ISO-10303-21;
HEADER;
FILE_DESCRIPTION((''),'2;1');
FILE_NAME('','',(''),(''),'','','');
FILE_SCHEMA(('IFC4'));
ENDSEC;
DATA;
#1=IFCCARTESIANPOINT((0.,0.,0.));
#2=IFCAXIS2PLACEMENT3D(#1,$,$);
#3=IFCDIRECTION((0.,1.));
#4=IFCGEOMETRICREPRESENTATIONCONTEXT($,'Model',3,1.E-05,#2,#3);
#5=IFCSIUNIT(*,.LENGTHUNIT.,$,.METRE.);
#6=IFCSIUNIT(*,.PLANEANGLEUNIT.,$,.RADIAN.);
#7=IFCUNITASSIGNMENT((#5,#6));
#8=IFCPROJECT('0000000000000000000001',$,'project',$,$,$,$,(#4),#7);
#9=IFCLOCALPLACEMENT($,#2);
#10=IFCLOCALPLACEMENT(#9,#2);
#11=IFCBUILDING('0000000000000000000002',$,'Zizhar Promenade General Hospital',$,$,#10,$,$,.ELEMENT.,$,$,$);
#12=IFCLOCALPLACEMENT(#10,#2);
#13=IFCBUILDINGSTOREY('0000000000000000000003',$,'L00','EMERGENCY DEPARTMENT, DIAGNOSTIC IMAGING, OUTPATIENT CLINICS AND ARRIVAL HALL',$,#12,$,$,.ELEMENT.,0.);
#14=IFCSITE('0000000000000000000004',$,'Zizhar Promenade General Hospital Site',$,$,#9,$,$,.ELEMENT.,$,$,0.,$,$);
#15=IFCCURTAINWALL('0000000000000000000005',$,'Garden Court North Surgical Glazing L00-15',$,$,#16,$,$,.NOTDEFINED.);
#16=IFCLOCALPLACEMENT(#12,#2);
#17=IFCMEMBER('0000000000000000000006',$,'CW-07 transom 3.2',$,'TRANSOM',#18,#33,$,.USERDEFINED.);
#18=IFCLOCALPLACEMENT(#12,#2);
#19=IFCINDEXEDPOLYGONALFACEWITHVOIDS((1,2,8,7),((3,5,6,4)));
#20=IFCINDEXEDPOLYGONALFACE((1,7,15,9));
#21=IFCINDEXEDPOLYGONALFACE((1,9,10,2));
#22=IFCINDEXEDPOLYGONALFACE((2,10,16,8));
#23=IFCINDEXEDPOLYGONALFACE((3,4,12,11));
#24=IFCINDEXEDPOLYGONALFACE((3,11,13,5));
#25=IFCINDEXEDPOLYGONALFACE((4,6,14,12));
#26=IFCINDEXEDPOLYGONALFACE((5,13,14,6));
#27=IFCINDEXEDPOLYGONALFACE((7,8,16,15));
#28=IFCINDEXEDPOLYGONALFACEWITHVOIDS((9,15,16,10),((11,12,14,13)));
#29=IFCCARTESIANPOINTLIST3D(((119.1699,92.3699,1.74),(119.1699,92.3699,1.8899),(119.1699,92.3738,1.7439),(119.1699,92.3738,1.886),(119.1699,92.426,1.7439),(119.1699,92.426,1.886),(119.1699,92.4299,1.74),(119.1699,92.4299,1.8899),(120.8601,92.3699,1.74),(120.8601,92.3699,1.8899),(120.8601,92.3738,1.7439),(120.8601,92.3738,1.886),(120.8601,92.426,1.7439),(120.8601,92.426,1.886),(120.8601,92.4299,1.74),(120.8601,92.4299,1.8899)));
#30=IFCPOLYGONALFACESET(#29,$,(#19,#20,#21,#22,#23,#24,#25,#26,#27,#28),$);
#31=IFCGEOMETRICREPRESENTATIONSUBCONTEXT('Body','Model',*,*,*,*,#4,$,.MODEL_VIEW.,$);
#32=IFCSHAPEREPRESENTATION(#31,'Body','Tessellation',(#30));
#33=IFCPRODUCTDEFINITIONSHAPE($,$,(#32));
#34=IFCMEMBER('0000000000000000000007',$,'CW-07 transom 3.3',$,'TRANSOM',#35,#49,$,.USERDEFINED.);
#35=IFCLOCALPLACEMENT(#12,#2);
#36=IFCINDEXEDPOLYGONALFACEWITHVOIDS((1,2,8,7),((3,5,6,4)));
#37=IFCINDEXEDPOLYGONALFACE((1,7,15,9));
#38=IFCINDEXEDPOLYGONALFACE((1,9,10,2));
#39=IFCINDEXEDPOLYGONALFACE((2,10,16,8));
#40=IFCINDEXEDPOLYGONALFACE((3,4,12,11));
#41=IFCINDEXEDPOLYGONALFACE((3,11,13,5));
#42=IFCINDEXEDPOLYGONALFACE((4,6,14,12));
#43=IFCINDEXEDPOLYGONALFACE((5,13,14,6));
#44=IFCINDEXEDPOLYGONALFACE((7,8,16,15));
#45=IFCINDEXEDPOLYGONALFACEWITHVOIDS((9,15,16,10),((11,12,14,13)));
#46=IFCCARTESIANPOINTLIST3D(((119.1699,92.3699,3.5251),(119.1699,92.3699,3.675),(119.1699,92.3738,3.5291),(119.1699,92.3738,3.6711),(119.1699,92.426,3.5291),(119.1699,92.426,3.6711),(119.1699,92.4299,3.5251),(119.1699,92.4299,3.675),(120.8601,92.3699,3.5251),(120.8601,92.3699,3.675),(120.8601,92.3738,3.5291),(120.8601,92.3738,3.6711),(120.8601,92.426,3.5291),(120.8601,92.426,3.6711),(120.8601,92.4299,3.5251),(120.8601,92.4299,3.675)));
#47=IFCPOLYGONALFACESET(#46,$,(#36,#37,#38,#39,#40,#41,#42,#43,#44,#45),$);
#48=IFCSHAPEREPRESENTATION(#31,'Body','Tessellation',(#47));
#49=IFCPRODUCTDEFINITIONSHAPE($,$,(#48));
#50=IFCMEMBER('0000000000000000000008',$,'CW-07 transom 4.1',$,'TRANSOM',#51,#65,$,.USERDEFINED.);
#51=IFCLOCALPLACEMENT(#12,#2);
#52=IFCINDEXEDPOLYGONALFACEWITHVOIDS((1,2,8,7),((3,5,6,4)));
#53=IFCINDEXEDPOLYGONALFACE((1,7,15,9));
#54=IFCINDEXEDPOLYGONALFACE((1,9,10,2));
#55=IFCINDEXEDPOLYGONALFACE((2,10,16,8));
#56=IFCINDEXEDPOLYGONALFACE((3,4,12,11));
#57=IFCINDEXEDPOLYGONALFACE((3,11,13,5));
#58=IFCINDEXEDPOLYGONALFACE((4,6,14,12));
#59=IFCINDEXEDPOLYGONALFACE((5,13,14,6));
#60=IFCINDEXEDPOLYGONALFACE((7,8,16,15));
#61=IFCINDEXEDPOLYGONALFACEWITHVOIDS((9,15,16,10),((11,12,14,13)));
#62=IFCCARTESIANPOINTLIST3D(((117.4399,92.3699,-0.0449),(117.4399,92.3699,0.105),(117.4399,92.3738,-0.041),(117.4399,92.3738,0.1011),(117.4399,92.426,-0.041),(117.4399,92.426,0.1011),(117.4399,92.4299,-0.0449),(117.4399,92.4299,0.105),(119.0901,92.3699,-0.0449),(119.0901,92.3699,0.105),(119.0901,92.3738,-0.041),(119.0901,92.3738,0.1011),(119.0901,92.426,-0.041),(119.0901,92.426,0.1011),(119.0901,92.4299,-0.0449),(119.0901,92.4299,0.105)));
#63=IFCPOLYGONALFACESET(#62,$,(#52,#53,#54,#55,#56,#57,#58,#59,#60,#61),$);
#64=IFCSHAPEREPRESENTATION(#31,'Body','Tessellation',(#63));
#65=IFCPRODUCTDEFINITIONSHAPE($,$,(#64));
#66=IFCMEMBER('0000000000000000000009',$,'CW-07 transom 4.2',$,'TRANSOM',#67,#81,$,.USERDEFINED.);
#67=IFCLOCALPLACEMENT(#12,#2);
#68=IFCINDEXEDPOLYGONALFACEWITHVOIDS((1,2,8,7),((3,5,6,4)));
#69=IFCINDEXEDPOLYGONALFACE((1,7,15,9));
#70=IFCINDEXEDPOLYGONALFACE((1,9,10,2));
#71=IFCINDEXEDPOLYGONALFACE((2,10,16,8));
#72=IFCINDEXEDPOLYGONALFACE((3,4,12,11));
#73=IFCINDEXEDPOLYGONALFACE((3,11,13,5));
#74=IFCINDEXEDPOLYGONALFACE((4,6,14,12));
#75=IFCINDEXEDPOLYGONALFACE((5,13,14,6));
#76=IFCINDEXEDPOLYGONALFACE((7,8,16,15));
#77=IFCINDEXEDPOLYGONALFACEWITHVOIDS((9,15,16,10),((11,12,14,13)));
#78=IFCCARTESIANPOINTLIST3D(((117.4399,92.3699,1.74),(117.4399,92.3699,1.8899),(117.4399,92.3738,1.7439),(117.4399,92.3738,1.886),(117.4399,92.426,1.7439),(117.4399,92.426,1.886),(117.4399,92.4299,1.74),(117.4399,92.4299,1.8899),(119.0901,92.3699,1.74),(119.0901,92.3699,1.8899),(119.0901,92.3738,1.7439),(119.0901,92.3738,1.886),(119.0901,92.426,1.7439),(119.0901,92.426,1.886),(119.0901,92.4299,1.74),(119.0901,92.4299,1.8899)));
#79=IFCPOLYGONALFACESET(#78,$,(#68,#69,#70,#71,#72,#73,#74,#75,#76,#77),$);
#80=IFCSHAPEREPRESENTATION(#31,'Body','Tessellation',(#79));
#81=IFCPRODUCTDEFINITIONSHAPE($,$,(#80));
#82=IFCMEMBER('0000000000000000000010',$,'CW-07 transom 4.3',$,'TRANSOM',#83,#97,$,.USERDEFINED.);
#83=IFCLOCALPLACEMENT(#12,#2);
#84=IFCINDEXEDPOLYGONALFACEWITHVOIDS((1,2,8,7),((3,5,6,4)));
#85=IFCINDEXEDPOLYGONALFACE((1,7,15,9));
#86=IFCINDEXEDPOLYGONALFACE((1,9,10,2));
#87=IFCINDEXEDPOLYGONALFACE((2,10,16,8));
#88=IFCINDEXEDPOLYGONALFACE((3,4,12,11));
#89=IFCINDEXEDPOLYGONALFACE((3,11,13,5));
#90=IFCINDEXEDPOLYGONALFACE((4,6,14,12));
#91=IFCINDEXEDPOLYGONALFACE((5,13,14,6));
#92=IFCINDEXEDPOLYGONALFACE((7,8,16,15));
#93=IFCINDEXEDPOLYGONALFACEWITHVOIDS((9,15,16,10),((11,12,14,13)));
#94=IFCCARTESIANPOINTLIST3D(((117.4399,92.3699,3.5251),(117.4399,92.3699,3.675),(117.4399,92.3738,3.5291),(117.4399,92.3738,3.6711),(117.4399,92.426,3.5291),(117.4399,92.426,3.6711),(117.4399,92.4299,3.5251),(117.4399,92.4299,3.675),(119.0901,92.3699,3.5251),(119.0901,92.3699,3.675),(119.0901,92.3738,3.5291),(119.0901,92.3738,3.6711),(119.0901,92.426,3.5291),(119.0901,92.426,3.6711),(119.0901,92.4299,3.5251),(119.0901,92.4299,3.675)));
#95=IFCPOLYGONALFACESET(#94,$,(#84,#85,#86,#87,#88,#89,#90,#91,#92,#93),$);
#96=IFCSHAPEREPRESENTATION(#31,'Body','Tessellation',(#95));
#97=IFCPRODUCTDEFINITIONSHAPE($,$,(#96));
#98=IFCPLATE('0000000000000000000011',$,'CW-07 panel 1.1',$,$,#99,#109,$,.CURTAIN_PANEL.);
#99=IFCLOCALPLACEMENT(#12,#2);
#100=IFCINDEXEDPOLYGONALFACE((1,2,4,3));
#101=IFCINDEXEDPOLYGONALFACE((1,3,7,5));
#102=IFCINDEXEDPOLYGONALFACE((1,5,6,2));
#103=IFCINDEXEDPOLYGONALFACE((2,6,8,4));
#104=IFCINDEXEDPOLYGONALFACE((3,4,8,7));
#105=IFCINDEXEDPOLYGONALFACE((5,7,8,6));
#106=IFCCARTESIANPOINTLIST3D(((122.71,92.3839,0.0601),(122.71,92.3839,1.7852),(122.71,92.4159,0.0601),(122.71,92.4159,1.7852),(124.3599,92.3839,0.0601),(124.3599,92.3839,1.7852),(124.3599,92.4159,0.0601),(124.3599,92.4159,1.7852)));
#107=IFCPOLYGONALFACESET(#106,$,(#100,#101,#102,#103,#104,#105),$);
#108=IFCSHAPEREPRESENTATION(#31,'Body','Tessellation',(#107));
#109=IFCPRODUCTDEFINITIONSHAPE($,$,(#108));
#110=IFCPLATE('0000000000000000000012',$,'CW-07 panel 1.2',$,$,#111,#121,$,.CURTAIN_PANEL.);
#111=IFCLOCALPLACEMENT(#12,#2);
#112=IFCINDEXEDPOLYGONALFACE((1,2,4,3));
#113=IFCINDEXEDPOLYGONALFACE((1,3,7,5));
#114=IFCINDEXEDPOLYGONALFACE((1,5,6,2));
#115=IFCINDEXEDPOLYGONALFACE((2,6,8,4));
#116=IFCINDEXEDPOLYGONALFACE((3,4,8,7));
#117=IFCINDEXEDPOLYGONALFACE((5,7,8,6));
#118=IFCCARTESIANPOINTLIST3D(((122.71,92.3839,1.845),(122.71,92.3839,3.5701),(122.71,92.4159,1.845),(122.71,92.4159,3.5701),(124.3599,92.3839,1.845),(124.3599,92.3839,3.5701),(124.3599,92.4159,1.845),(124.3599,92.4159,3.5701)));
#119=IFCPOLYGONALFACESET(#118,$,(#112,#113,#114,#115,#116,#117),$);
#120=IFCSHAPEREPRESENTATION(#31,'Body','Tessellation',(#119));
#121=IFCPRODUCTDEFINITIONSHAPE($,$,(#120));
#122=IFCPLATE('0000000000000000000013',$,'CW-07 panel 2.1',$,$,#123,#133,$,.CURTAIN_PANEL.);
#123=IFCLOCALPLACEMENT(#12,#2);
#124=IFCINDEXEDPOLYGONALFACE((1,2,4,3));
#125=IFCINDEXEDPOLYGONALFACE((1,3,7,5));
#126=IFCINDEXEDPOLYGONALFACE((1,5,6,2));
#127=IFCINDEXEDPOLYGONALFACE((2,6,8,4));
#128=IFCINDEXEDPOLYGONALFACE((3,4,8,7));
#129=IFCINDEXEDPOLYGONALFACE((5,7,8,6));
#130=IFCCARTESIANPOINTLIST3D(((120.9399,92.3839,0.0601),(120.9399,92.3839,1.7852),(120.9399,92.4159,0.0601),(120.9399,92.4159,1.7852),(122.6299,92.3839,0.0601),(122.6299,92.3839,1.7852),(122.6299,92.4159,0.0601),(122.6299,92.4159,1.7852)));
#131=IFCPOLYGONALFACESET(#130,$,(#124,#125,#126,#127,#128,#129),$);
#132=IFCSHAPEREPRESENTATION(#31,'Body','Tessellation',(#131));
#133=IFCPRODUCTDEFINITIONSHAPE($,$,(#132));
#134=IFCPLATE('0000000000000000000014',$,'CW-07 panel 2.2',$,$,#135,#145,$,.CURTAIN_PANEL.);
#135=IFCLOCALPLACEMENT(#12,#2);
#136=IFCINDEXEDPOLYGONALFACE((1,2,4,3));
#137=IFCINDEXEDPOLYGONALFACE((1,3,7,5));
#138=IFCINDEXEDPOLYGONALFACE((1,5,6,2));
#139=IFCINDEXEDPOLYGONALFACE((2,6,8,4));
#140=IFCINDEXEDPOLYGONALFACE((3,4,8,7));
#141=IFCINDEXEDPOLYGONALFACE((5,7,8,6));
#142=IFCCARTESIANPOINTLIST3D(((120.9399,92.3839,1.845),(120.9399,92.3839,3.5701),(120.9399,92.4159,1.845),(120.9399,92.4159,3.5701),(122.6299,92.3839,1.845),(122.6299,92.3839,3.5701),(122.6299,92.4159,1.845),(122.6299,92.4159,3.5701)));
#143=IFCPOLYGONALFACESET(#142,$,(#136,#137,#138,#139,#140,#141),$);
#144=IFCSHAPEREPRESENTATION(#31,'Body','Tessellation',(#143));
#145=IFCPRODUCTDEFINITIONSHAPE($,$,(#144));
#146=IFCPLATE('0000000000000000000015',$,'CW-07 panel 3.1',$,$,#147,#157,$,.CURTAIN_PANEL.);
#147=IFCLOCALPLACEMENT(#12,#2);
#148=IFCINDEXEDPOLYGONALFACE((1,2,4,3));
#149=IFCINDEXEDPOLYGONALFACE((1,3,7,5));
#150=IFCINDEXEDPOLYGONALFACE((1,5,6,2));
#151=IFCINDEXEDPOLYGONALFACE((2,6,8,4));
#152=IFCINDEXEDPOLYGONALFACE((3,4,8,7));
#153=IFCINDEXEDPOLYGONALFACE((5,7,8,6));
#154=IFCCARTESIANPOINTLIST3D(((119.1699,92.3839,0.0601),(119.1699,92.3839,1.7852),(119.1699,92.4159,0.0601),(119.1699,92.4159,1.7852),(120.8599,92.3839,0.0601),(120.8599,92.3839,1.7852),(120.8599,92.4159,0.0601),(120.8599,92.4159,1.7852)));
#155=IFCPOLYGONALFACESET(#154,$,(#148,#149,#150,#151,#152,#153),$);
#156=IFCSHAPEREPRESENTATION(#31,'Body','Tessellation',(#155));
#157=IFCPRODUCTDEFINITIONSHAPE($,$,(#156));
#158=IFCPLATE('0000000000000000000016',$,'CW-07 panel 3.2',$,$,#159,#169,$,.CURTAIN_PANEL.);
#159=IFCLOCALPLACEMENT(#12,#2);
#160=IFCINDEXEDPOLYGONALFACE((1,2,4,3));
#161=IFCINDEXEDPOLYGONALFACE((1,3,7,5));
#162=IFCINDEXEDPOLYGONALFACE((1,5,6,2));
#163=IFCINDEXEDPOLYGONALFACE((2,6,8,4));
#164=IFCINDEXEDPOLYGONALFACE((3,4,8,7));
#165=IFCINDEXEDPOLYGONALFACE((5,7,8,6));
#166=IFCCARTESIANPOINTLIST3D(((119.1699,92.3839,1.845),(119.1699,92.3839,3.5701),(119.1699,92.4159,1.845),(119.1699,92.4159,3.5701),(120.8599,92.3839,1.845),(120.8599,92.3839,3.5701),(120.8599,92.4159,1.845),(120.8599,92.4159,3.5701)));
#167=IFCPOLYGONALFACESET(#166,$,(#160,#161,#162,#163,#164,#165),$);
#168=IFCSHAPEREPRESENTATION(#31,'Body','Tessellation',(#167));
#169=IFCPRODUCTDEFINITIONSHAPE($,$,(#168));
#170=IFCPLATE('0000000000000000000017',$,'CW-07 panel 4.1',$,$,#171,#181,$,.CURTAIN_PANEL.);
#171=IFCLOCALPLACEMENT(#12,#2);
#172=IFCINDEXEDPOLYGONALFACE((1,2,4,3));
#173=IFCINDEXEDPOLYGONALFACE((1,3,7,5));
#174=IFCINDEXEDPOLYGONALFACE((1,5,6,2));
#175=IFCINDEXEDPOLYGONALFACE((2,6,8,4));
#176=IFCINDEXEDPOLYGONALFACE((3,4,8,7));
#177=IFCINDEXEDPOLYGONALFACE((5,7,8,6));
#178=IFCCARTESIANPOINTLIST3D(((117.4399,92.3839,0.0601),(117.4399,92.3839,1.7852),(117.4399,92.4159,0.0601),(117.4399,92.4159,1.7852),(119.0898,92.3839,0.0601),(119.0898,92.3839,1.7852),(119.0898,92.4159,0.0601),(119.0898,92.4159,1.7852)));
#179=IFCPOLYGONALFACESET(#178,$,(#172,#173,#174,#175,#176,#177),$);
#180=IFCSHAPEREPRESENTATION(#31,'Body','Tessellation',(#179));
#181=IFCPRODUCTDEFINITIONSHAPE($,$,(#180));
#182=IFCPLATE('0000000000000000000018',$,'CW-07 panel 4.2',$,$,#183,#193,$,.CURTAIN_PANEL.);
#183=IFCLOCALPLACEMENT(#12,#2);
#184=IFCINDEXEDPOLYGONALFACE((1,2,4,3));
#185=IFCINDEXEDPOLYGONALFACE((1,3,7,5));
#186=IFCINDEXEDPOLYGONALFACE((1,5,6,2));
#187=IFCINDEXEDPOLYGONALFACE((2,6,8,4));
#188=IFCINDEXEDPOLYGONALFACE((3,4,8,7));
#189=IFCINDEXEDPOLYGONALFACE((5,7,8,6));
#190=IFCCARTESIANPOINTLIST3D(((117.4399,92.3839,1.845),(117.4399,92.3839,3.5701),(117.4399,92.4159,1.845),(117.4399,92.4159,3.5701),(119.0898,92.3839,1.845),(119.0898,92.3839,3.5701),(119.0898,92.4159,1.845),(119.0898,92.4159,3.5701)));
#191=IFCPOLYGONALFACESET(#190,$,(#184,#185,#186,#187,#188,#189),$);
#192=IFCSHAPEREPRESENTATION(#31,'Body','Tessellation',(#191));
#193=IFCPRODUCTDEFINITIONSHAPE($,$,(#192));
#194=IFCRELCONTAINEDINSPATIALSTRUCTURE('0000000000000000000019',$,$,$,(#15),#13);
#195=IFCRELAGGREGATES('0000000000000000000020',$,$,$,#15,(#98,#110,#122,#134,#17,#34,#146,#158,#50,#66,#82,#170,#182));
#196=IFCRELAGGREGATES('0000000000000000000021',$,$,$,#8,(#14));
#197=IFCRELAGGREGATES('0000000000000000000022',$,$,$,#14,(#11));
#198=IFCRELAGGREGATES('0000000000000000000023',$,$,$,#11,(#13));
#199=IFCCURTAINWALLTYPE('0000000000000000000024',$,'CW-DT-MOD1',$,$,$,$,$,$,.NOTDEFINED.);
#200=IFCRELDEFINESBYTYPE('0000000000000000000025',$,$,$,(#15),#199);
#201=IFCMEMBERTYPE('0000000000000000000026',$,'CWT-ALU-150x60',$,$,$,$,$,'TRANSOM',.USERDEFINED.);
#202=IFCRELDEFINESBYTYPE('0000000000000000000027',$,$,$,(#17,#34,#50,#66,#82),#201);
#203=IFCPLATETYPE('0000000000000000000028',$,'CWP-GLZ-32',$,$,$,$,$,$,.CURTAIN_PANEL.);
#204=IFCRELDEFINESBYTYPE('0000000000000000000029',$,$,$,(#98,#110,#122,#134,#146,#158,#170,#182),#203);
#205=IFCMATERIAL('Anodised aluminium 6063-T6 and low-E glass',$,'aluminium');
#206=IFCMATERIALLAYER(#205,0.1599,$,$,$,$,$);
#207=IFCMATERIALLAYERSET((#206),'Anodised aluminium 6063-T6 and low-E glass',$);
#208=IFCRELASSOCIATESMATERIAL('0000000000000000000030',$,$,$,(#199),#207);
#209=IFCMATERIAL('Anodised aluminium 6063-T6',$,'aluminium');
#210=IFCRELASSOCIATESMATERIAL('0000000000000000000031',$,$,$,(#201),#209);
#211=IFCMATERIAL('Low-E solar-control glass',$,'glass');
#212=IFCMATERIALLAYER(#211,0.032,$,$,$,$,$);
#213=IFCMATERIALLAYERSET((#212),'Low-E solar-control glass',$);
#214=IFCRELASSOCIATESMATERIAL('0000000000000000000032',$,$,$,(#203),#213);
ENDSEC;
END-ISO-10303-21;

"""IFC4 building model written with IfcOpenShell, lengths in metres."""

from ifc_helpers import new_model, si_unit, direction, frame, origin, origin_2d, place, context, subcontext, project, spatial, rectangle, hollow_rectangle, extrude, material, layer, layer_set, material_profile, profile_set, type_object, element, aggregate, save


model = new_model("IFC4")

# Units and contexts
model_context = context("Model", 3, precision=1e-05, world=origin(), true_north=direction((0.0, 1.0)))
body_context = subcontext(model_context, "Body", "Model", "MODEL_VIEW")
ifc_project = project(units=[si_unit("LENGTHUNIT", "METRE"), si_unit("PLANEANGLEUNIT", "RADIAN")], contexts=[model_context])

# Site, building, storey
site_placement = place(None, origin())
site = spatial("IfcSite", under=ifc_project, at=site_placement, Name="Zizhar Promenade General Hospital Site", CompositionType="ELEMENT", RefElevation=0.0)
building_placement = place(site_placement, origin())
building = spatial("IfcBuilding", under=site, at=building_placement, Name="Zizhar Promenade General Hospital", CompositionType="ELEMENT")
storey_placement = place(building_placement, origin())
storey = spatial("IfcBuildingStorey", under=building, at=storey_placement, Name="L00", Description="EMERGENCY DEPARTMENT, DIAGNOSTIC IMAGING, OUTPATIENT CLINICS AND ARRIVAL HALL", CompositionType="ELEMENT", Elevation=0.0)

# Shared definitions
ifc_material_1 = material(Name="Anodised aluminium 6063-T6 and low-E glass", Category="aluminium")
ifc_layer_1 = layer(ifc_material_1, 0.1599)
ifc_layer_set_1 = layer_set([ifc_layer_1], Name="Anodised aluminium 6063-T6 and low-E glass")
curtain_wall_type = type_object("IfcCurtainWallType", Name="CW-DT-MOD1", PredefinedType="NOTDEFINED", material=ifc_layer_set_1)

# Curtain wall, members, plates
curtain_wall_1_placement = place(storey_placement, origin())
curtain_wall_1 = element("IfcCurtainWall", 1, at=curtain_wall_1_placement, inside=storey, type_object=curtain_wall_type, Name="Garden Court North Surgical Glazing L00-15", PredefinedType="NOTDEFINED")
ifc_material_2 = material(Name="Anodised aluminium 6063-T6", Category="aluminium")
ifc_material_profile_1 = material_profile(ifc_material_2, hollow_rectangle(XDim=0.0601, YDim=0.1499, WallThickness=0.0039, at=origin_2d()))
ifc_profile_set_1 = profile_set([ifc_material_profile_1], Name="Anodised aluminium 6063-T6")
member_type_1 = type_object("IfcMemberType", Name="CWT-ALU-150x60", ElementType="TRANSOM", PredefinedType="USERDEFINED", material=ifc_profile_set_1)
member_1_placement = place(storey_placement, frame((120.8601, 92.3999, 1.8149), z_axis=(-1.0, 0.0, 0.0), x_axis=(0.0, -1.0, 0.0)))
member_1 = element("IfcMember", 2, at=member_1_placement, type_object=member_type_1, Name="CW-07 transom 3.2", ObjectType="TRANSOM", PredefinedType="USERDEFINED", context=body_context, shape_type="SweptSolid", body=[
    extrude(hollow_rectangle(XDim=0.0601, YDim=0.1499, WallThickness=0.0039, at=origin_2d()), origin(), (0.0, 0.0, 1.0), 1.6902),
])
member_2_placement = place(storey_placement, frame((120.8601, 92.3999, 3.6001), z_axis=(-1.0, 0.0, 0.0), x_axis=(0.0, -1.0, 0.0)))
member_2 = element("IfcMember", 3, at=member_2_placement, type_object=member_type_1, Name="CW-07 transom 3.3", ObjectType="TRANSOM", PredefinedType="USERDEFINED", context=body_context, shape_type="SweptSolid", body=[
    extrude(hollow_rectangle(XDim=0.0601, YDim=0.1499, WallThickness=0.0039, at=origin_2d()), origin(), (0.0, 0.0, 1.0), 1.6902),
])
member_3_placement = place(storey_placement, frame((119.0901, 92.3999, 0.03), z_axis=(-1.0, 0.0, 0.0), x_axis=(0.0, -1.0, 0.0)))
member_3 = element("IfcMember", 4, at=member_3_placement, type_object=member_type_1, Name="CW-07 transom 4.1", ObjectType="TRANSOM", PredefinedType="USERDEFINED", context=body_context, shape_type="SweptSolid", body=[
    extrude(hollow_rectangle(XDim=0.0601, YDim=0.1499, WallThickness=0.0039, at=origin_2d()), origin(), (0.0, 0.0, 1.0), 1.6501),
])
member_4_placement = place(storey_placement, frame((119.0901, 92.3999, 1.8149), z_axis=(-1.0, 0.0, 0.0), x_axis=(0.0, -1.0, 0.0)))
member_4 = element("IfcMember", 5, at=member_4_placement, type_object=member_type_1, Name="CW-07 transom 4.2", ObjectType="TRANSOM", PredefinedType="USERDEFINED", context=body_context, shape_type="SweptSolid", body=[
    extrude(hollow_rectangle(XDim=0.0601, YDim=0.1499, WallThickness=0.0039, at=origin_2d()), origin(), (0.0, 0.0, 1.0), 1.6501),
])
member_5_placement = place(storey_placement, frame((119.0901, 92.3999, 3.6001), z_axis=(-1.0, 0.0, 0.0), x_axis=(0.0, -1.0, 0.0)))
member_5 = element("IfcMember", 6, at=member_5_placement, type_object=member_type_1, Name="CW-07 transom 4.3", ObjectType="TRANSOM", PredefinedType="USERDEFINED", context=body_context, shape_type="SweptSolid", body=[
    extrude(hollow_rectangle(XDim=0.0601, YDim=0.1499, WallThickness=0.0039, at=origin_2d()), origin(), (0.0, 0.0, 1.0), 1.6501),
])
ifc_material_3 = material(Name="Low-E solar-control glass", Category="glass")
ifc_layer_2 = layer(ifc_material_3, 0.032)
ifc_layer_set_2 = layer_set([ifc_layer_2], Name="Low-E solar-control glass")
plate_type = type_object("IfcPlateType", Name="CWP-GLZ-32", PredefinedType="CURTAIN_PANEL", material=ifc_layer_set_2)
plate_1_placement = place(storey_placement, frame((123.5349, 92.3999, 0.0601), z_axis=(0.0, 0.0, 1.0), x_axis=(-1.0, 0.0, 0.0)))
plate_1 = element("IfcPlate", 7, at=plate_1_placement, type_object=plate_type, Name="CW-07 panel 1.1", PredefinedType="CURTAIN_PANEL", context=body_context, shape_type="SweptSolid", body=[
    extrude(rectangle(XDim=1.6499, YDim=0.032, at=origin_2d()), origin(), (0.0, 0.0, 1.0), 1.7251),
])
plate_2_placement = place(storey_placement, frame((123.5349, 92.3999, 1.845), z_axis=(0.0, 0.0, 1.0), x_axis=(-1.0, 0.0, 0.0)))
plate_2 = element("IfcPlate", 8, at=plate_2_placement, type_object=plate_type, Name="CW-07 panel 1.2", PredefinedType="CURTAIN_PANEL", context=body_context, shape_type="SweptSolid", body=[
    extrude(rectangle(XDim=1.6499, YDim=0.032, at=origin_2d()), origin(), (0.0, 0.0, 1.0), 1.7251),
])
plate_3_placement = place(storey_placement, frame((121.7849, 92.3999, 0.0601), z_axis=(0.0, 0.0, 1.0), x_axis=(-1.0, 0.0, 0.0)))
plate_3 = element("IfcPlate", 9, at=plate_3_placement, type_object=plate_type, Name="CW-07 panel 2.1", PredefinedType="CURTAIN_PANEL", context=body_context, shape_type="SweptSolid", body=[
    extrude(rectangle(XDim=1.6899, YDim=0.032, at=origin_2d()), origin(), (0.0, 0.0, 1.0), 1.7251),
])
plate_4_placement = place(storey_placement, frame((121.7849, 92.3999, 1.845), z_axis=(0.0, 0.0, 1.0), x_axis=(-1.0, 0.0, 0.0)))
plate_4 = element("IfcPlate", 10, at=plate_4_placement, type_object=plate_type, Name="CW-07 panel 2.2", PredefinedType="CURTAIN_PANEL", context=body_context, shape_type="SweptSolid", body=[
    extrude(rectangle(XDim=1.6899, YDim=0.032, at=origin_2d()), origin(), (0.0, 0.0, 1.0), 1.7251),
])
plate_5_placement = place(storey_placement, frame((120.0149, 92.3999, 0.0601), z_axis=(0.0, 0.0, 1.0), x_axis=(-1.0, 0.0, 0.0)))
plate_5 = element("IfcPlate", 11, at=plate_5_placement, type_object=plate_type, Name="CW-07 panel 3.1", PredefinedType="CURTAIN_PANEL", context=body_context, shape_type="SweptSolid", body=[
    extrude(rectangle(XDim=1.6899, YDim=0.032, at=origin_2d()), origin(), (0.0, 0.0, 1.0), 1.7251),
])
plate_6_placement = place(storey_placement, frame((120.0149, 92.3999, 1.845), z_axis=(0.0, 0.0, 1.0), x_axis=(-1.0, 0.0, 0.0)))
plate_6 = element("IfcPlate", 12, at=plate_6_placement, type_object=plate_type, Name="CW-07 panel 3.2", PredefinedType="CURTAIN_PANEL", context=body_context, shape_type="SweptSolid", body=[
    extrude(rectangle(XDim=1.6899, YDim=0.032, at=origin_2d()), origin(), (0.0, 0.0, 1.0), 1.7251),
])
plate_7_placement = place(storey_placement, frame((118.2649, 92.3999, 0.0601), z_axis=(0.0, 0.0, 1.0), x_axis=(-1.0, 0.0, 0.0)))
plate_7 = element("IfcPlate", 13, at=plate_7_placement, type_object=plate_type, Name="CW-07 panel 4.1", PredefinedType="CURTAIN_PANEL", context=body_context, shape_type="SweptSolid", body=[
    extrude(rectangle(XDim=1.6499, YDim=0.032, at=origin_2d()), origin(), (0.0, 0.0, 1.0), 1.7251),
])
plate_8_placement = place(storey_placement, frame((118.2649, 92.3999, 1.845), z_axis=(0.0, 0.0, 1.0), x_axis=(-1.0, 0.0, 0.0)))
plate_8 = element("IfcPlate", 14, at=plate_8_placement, type_object=plate_type, Name="CW-07 panel 4.2", PredefinedType="CURTAIN_PANEL", context=body_context, shape_type="SweptSolid", body=[
    extrude(rectangle(XDim=1.6499, YDim=0.032, at=origin_2d()), origin(), (0.0, 0.0, 1.0), 1.7251),
])
aggregate(curtain_wall_1, [plate_1, plate_2, plate_3, plate_4, member_1, member_2, plate_5, plate_6, member_3, member_4, member_5, plate_7, plate_8])

save(model, "model.ifc")
